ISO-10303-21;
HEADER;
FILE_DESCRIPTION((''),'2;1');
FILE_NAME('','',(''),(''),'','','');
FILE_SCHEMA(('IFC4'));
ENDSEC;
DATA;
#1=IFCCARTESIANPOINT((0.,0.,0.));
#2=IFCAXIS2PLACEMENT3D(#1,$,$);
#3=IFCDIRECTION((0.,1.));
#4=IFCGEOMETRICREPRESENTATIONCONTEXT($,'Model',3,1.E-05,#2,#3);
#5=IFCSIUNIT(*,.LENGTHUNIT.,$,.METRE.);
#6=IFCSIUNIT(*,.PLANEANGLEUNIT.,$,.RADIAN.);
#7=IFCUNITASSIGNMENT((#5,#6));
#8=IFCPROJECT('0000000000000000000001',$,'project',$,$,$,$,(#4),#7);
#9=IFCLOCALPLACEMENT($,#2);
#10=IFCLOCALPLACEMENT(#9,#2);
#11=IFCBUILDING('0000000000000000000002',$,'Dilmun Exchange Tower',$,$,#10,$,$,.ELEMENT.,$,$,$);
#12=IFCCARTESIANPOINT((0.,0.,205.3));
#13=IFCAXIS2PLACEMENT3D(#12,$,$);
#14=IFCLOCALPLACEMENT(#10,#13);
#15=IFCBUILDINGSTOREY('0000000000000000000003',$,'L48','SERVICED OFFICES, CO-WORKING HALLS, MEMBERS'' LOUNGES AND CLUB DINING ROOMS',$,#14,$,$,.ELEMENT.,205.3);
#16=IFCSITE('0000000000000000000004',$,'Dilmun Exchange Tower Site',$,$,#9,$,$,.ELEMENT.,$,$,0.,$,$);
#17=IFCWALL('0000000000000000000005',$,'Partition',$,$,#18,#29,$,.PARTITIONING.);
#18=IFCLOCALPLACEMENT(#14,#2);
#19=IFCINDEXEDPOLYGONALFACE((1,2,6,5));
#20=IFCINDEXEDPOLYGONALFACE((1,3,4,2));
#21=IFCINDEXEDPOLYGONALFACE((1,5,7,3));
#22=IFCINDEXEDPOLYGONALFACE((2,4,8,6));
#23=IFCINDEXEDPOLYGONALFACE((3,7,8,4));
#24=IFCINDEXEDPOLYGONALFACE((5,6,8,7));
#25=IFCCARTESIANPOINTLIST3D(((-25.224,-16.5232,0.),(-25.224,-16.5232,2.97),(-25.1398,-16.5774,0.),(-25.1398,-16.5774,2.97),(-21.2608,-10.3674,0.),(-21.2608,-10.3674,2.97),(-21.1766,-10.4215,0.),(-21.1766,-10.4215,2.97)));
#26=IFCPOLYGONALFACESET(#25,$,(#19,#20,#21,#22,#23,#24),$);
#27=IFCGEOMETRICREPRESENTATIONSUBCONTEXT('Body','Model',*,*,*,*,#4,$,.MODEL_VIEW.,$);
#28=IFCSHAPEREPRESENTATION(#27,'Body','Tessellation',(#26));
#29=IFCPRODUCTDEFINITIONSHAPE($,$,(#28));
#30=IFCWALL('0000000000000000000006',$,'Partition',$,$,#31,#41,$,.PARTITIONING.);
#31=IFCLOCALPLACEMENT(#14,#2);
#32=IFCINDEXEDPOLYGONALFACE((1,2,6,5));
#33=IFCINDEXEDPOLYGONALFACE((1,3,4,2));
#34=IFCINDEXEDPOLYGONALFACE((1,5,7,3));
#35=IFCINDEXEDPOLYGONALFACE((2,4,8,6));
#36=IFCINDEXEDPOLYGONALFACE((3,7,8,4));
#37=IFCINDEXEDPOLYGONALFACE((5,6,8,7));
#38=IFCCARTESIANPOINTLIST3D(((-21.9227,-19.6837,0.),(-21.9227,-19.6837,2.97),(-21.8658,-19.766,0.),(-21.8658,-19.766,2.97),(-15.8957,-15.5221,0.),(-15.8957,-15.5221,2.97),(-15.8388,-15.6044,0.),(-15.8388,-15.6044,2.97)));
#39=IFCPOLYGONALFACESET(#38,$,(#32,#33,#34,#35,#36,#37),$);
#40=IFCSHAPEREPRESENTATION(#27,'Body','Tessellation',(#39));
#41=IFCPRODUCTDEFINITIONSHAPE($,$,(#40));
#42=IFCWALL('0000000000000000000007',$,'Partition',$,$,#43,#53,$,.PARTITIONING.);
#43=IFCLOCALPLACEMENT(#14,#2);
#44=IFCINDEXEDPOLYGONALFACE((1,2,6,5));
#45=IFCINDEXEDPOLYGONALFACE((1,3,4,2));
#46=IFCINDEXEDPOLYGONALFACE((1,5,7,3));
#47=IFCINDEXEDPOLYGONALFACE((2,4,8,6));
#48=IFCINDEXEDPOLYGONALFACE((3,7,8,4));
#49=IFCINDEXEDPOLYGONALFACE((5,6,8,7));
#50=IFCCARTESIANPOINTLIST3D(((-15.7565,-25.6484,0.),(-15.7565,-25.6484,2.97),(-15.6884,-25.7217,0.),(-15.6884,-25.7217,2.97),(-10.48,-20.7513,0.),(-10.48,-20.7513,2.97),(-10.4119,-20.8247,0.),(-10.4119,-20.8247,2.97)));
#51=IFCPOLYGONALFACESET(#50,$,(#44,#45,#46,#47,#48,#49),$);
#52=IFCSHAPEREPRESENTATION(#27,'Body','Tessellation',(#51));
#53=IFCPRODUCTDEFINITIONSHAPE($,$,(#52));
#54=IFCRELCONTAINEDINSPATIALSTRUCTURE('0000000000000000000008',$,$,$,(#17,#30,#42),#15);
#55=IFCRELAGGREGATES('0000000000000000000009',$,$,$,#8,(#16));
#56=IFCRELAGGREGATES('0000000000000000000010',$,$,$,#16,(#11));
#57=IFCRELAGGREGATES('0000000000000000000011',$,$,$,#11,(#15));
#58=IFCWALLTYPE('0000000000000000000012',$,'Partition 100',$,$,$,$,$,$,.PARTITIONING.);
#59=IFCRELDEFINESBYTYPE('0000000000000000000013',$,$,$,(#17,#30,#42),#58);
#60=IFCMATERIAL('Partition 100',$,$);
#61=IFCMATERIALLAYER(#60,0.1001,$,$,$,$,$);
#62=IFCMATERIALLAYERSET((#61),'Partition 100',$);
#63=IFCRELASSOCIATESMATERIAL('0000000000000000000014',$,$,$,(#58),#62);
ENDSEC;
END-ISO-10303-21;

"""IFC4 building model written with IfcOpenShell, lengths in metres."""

from ifc_helpers import new_model, si_unit, direction, frame, frame_2d, origin, place, context, subcontext, project, spatial, rectangle, extrude, material, layer, layer_set, type_object, element, save


model = new_model("IFC4")

# Units and contexts
model_context = context("Model", 3, precision=1e-05, world=origin(), true_north=direction((0.0, 1.0)))
body_context = subcontext(model_context, "Body", "Model", "MODEL_VIEW")
ifc_project = project(units=[si_unit("LENGTHUNIT", "METRE"), si_unit("PLANEANGLEUNIT", "RADIAN")], contexts=[model_context])

# Site, building, storey
site_placement = place(None, origin())
site = spatial("IfcSite", under=ifc_project, at=site_placement, Name="Dilmun Exchange Tower Site", CompositionType="ELEMENT", RefElevation=0.0)
building_placement = place(site_placement, origin())
building = spatial("IfcBuilding", under=site, at=building_placement, Name="Dilmun Exchange Tower", CompositionType="ELEMENT")
storey_placement = place(building_placement, frame((0.0, 0.0, 205.3)))
storey = spatial("IfcBuildingStorey", under=building, at=storey_placement, Name="L48", Description="SERVICED OFFICES, CO-WORKING HALLS, MEMBERS' LOUNGES AND CLUB DINING ROOMS", CompositionType="ELEMENT", Elevation=205.3)

# Walls
ifc_material_1 = material(Name="Partition 100")
ifc_layer_1 = layer(ifc_material_1, 0.1001)
ifc_layer_set_1 = layer_set([ifc_layer_1], Name="Partition 100")
wall_type_1 = type_object("IfcWallType", Name="Partition 100", PredefinedType="PARTITIONING", material=ifc_layer_set_1)
wall_1_placement = place(storey_placement, frame((-25.1819, -16.5503, 0.0), z_axis=(0.0, 0.0, 1.0), x_axis=(0.541324, 0.840814, 0.0)))
element("IfcWall", 1, at=wall_1_placement, inside=storey, type_object=wall_type_1, Name="Partition", PredefinedType="PARTITIONING", context=body_context, shape_type="SweptSolid", body=[
    extrude(rectangle(XDim=7.3213, YDim=0.1001, at=frame_2d((3.6606, 0.0))), origin(), (0.0, 0.0, 1.0), 2.97),
])
wall_2_placement = place(storey_placement, frame((-21.8943, -19.7249, 0.0), z_axis=(0.0, 0.0, 1.0), x_axis=(0.822894, 0.568196, 0.0)))
element("IfcWall", 2, at=wall_2_placement, inside=storey, type_object=wall_type_1, Name="Partition", PredefinedType="PARTITIONING", context=body_context, shape_type="SweptSolid", body=[
    extrude(rectangle(XDim=7.3242, YDim=0.1001, at=frame_2d((3.6621, 0.0))), origin(), (0.0, 0.0, 1.0), 2.97),
])
wall_3_placement = place(storey_placement, frame((-15.7224, -25.6851, 0.0), z_axis=(0.0, 0.0, 1.0), x_axis=(0.732967, 0.680264, 0.0)))
element("IfcWall", 3, at=wall_3_placement, inside=storey, type_object=wall_type_1, Name="Partition", PredefinedType="PARTITIONING", context=body_context, shape_type="SweptSolid", body=[
    extrude(rectangle(XDim=7.1987, YDim=0.1001, at=frame_2d((3.5994, 0.0))), origin(), (0.0, 0.0, 1.0), 2.97),
])

save(model, "model.ifc")
